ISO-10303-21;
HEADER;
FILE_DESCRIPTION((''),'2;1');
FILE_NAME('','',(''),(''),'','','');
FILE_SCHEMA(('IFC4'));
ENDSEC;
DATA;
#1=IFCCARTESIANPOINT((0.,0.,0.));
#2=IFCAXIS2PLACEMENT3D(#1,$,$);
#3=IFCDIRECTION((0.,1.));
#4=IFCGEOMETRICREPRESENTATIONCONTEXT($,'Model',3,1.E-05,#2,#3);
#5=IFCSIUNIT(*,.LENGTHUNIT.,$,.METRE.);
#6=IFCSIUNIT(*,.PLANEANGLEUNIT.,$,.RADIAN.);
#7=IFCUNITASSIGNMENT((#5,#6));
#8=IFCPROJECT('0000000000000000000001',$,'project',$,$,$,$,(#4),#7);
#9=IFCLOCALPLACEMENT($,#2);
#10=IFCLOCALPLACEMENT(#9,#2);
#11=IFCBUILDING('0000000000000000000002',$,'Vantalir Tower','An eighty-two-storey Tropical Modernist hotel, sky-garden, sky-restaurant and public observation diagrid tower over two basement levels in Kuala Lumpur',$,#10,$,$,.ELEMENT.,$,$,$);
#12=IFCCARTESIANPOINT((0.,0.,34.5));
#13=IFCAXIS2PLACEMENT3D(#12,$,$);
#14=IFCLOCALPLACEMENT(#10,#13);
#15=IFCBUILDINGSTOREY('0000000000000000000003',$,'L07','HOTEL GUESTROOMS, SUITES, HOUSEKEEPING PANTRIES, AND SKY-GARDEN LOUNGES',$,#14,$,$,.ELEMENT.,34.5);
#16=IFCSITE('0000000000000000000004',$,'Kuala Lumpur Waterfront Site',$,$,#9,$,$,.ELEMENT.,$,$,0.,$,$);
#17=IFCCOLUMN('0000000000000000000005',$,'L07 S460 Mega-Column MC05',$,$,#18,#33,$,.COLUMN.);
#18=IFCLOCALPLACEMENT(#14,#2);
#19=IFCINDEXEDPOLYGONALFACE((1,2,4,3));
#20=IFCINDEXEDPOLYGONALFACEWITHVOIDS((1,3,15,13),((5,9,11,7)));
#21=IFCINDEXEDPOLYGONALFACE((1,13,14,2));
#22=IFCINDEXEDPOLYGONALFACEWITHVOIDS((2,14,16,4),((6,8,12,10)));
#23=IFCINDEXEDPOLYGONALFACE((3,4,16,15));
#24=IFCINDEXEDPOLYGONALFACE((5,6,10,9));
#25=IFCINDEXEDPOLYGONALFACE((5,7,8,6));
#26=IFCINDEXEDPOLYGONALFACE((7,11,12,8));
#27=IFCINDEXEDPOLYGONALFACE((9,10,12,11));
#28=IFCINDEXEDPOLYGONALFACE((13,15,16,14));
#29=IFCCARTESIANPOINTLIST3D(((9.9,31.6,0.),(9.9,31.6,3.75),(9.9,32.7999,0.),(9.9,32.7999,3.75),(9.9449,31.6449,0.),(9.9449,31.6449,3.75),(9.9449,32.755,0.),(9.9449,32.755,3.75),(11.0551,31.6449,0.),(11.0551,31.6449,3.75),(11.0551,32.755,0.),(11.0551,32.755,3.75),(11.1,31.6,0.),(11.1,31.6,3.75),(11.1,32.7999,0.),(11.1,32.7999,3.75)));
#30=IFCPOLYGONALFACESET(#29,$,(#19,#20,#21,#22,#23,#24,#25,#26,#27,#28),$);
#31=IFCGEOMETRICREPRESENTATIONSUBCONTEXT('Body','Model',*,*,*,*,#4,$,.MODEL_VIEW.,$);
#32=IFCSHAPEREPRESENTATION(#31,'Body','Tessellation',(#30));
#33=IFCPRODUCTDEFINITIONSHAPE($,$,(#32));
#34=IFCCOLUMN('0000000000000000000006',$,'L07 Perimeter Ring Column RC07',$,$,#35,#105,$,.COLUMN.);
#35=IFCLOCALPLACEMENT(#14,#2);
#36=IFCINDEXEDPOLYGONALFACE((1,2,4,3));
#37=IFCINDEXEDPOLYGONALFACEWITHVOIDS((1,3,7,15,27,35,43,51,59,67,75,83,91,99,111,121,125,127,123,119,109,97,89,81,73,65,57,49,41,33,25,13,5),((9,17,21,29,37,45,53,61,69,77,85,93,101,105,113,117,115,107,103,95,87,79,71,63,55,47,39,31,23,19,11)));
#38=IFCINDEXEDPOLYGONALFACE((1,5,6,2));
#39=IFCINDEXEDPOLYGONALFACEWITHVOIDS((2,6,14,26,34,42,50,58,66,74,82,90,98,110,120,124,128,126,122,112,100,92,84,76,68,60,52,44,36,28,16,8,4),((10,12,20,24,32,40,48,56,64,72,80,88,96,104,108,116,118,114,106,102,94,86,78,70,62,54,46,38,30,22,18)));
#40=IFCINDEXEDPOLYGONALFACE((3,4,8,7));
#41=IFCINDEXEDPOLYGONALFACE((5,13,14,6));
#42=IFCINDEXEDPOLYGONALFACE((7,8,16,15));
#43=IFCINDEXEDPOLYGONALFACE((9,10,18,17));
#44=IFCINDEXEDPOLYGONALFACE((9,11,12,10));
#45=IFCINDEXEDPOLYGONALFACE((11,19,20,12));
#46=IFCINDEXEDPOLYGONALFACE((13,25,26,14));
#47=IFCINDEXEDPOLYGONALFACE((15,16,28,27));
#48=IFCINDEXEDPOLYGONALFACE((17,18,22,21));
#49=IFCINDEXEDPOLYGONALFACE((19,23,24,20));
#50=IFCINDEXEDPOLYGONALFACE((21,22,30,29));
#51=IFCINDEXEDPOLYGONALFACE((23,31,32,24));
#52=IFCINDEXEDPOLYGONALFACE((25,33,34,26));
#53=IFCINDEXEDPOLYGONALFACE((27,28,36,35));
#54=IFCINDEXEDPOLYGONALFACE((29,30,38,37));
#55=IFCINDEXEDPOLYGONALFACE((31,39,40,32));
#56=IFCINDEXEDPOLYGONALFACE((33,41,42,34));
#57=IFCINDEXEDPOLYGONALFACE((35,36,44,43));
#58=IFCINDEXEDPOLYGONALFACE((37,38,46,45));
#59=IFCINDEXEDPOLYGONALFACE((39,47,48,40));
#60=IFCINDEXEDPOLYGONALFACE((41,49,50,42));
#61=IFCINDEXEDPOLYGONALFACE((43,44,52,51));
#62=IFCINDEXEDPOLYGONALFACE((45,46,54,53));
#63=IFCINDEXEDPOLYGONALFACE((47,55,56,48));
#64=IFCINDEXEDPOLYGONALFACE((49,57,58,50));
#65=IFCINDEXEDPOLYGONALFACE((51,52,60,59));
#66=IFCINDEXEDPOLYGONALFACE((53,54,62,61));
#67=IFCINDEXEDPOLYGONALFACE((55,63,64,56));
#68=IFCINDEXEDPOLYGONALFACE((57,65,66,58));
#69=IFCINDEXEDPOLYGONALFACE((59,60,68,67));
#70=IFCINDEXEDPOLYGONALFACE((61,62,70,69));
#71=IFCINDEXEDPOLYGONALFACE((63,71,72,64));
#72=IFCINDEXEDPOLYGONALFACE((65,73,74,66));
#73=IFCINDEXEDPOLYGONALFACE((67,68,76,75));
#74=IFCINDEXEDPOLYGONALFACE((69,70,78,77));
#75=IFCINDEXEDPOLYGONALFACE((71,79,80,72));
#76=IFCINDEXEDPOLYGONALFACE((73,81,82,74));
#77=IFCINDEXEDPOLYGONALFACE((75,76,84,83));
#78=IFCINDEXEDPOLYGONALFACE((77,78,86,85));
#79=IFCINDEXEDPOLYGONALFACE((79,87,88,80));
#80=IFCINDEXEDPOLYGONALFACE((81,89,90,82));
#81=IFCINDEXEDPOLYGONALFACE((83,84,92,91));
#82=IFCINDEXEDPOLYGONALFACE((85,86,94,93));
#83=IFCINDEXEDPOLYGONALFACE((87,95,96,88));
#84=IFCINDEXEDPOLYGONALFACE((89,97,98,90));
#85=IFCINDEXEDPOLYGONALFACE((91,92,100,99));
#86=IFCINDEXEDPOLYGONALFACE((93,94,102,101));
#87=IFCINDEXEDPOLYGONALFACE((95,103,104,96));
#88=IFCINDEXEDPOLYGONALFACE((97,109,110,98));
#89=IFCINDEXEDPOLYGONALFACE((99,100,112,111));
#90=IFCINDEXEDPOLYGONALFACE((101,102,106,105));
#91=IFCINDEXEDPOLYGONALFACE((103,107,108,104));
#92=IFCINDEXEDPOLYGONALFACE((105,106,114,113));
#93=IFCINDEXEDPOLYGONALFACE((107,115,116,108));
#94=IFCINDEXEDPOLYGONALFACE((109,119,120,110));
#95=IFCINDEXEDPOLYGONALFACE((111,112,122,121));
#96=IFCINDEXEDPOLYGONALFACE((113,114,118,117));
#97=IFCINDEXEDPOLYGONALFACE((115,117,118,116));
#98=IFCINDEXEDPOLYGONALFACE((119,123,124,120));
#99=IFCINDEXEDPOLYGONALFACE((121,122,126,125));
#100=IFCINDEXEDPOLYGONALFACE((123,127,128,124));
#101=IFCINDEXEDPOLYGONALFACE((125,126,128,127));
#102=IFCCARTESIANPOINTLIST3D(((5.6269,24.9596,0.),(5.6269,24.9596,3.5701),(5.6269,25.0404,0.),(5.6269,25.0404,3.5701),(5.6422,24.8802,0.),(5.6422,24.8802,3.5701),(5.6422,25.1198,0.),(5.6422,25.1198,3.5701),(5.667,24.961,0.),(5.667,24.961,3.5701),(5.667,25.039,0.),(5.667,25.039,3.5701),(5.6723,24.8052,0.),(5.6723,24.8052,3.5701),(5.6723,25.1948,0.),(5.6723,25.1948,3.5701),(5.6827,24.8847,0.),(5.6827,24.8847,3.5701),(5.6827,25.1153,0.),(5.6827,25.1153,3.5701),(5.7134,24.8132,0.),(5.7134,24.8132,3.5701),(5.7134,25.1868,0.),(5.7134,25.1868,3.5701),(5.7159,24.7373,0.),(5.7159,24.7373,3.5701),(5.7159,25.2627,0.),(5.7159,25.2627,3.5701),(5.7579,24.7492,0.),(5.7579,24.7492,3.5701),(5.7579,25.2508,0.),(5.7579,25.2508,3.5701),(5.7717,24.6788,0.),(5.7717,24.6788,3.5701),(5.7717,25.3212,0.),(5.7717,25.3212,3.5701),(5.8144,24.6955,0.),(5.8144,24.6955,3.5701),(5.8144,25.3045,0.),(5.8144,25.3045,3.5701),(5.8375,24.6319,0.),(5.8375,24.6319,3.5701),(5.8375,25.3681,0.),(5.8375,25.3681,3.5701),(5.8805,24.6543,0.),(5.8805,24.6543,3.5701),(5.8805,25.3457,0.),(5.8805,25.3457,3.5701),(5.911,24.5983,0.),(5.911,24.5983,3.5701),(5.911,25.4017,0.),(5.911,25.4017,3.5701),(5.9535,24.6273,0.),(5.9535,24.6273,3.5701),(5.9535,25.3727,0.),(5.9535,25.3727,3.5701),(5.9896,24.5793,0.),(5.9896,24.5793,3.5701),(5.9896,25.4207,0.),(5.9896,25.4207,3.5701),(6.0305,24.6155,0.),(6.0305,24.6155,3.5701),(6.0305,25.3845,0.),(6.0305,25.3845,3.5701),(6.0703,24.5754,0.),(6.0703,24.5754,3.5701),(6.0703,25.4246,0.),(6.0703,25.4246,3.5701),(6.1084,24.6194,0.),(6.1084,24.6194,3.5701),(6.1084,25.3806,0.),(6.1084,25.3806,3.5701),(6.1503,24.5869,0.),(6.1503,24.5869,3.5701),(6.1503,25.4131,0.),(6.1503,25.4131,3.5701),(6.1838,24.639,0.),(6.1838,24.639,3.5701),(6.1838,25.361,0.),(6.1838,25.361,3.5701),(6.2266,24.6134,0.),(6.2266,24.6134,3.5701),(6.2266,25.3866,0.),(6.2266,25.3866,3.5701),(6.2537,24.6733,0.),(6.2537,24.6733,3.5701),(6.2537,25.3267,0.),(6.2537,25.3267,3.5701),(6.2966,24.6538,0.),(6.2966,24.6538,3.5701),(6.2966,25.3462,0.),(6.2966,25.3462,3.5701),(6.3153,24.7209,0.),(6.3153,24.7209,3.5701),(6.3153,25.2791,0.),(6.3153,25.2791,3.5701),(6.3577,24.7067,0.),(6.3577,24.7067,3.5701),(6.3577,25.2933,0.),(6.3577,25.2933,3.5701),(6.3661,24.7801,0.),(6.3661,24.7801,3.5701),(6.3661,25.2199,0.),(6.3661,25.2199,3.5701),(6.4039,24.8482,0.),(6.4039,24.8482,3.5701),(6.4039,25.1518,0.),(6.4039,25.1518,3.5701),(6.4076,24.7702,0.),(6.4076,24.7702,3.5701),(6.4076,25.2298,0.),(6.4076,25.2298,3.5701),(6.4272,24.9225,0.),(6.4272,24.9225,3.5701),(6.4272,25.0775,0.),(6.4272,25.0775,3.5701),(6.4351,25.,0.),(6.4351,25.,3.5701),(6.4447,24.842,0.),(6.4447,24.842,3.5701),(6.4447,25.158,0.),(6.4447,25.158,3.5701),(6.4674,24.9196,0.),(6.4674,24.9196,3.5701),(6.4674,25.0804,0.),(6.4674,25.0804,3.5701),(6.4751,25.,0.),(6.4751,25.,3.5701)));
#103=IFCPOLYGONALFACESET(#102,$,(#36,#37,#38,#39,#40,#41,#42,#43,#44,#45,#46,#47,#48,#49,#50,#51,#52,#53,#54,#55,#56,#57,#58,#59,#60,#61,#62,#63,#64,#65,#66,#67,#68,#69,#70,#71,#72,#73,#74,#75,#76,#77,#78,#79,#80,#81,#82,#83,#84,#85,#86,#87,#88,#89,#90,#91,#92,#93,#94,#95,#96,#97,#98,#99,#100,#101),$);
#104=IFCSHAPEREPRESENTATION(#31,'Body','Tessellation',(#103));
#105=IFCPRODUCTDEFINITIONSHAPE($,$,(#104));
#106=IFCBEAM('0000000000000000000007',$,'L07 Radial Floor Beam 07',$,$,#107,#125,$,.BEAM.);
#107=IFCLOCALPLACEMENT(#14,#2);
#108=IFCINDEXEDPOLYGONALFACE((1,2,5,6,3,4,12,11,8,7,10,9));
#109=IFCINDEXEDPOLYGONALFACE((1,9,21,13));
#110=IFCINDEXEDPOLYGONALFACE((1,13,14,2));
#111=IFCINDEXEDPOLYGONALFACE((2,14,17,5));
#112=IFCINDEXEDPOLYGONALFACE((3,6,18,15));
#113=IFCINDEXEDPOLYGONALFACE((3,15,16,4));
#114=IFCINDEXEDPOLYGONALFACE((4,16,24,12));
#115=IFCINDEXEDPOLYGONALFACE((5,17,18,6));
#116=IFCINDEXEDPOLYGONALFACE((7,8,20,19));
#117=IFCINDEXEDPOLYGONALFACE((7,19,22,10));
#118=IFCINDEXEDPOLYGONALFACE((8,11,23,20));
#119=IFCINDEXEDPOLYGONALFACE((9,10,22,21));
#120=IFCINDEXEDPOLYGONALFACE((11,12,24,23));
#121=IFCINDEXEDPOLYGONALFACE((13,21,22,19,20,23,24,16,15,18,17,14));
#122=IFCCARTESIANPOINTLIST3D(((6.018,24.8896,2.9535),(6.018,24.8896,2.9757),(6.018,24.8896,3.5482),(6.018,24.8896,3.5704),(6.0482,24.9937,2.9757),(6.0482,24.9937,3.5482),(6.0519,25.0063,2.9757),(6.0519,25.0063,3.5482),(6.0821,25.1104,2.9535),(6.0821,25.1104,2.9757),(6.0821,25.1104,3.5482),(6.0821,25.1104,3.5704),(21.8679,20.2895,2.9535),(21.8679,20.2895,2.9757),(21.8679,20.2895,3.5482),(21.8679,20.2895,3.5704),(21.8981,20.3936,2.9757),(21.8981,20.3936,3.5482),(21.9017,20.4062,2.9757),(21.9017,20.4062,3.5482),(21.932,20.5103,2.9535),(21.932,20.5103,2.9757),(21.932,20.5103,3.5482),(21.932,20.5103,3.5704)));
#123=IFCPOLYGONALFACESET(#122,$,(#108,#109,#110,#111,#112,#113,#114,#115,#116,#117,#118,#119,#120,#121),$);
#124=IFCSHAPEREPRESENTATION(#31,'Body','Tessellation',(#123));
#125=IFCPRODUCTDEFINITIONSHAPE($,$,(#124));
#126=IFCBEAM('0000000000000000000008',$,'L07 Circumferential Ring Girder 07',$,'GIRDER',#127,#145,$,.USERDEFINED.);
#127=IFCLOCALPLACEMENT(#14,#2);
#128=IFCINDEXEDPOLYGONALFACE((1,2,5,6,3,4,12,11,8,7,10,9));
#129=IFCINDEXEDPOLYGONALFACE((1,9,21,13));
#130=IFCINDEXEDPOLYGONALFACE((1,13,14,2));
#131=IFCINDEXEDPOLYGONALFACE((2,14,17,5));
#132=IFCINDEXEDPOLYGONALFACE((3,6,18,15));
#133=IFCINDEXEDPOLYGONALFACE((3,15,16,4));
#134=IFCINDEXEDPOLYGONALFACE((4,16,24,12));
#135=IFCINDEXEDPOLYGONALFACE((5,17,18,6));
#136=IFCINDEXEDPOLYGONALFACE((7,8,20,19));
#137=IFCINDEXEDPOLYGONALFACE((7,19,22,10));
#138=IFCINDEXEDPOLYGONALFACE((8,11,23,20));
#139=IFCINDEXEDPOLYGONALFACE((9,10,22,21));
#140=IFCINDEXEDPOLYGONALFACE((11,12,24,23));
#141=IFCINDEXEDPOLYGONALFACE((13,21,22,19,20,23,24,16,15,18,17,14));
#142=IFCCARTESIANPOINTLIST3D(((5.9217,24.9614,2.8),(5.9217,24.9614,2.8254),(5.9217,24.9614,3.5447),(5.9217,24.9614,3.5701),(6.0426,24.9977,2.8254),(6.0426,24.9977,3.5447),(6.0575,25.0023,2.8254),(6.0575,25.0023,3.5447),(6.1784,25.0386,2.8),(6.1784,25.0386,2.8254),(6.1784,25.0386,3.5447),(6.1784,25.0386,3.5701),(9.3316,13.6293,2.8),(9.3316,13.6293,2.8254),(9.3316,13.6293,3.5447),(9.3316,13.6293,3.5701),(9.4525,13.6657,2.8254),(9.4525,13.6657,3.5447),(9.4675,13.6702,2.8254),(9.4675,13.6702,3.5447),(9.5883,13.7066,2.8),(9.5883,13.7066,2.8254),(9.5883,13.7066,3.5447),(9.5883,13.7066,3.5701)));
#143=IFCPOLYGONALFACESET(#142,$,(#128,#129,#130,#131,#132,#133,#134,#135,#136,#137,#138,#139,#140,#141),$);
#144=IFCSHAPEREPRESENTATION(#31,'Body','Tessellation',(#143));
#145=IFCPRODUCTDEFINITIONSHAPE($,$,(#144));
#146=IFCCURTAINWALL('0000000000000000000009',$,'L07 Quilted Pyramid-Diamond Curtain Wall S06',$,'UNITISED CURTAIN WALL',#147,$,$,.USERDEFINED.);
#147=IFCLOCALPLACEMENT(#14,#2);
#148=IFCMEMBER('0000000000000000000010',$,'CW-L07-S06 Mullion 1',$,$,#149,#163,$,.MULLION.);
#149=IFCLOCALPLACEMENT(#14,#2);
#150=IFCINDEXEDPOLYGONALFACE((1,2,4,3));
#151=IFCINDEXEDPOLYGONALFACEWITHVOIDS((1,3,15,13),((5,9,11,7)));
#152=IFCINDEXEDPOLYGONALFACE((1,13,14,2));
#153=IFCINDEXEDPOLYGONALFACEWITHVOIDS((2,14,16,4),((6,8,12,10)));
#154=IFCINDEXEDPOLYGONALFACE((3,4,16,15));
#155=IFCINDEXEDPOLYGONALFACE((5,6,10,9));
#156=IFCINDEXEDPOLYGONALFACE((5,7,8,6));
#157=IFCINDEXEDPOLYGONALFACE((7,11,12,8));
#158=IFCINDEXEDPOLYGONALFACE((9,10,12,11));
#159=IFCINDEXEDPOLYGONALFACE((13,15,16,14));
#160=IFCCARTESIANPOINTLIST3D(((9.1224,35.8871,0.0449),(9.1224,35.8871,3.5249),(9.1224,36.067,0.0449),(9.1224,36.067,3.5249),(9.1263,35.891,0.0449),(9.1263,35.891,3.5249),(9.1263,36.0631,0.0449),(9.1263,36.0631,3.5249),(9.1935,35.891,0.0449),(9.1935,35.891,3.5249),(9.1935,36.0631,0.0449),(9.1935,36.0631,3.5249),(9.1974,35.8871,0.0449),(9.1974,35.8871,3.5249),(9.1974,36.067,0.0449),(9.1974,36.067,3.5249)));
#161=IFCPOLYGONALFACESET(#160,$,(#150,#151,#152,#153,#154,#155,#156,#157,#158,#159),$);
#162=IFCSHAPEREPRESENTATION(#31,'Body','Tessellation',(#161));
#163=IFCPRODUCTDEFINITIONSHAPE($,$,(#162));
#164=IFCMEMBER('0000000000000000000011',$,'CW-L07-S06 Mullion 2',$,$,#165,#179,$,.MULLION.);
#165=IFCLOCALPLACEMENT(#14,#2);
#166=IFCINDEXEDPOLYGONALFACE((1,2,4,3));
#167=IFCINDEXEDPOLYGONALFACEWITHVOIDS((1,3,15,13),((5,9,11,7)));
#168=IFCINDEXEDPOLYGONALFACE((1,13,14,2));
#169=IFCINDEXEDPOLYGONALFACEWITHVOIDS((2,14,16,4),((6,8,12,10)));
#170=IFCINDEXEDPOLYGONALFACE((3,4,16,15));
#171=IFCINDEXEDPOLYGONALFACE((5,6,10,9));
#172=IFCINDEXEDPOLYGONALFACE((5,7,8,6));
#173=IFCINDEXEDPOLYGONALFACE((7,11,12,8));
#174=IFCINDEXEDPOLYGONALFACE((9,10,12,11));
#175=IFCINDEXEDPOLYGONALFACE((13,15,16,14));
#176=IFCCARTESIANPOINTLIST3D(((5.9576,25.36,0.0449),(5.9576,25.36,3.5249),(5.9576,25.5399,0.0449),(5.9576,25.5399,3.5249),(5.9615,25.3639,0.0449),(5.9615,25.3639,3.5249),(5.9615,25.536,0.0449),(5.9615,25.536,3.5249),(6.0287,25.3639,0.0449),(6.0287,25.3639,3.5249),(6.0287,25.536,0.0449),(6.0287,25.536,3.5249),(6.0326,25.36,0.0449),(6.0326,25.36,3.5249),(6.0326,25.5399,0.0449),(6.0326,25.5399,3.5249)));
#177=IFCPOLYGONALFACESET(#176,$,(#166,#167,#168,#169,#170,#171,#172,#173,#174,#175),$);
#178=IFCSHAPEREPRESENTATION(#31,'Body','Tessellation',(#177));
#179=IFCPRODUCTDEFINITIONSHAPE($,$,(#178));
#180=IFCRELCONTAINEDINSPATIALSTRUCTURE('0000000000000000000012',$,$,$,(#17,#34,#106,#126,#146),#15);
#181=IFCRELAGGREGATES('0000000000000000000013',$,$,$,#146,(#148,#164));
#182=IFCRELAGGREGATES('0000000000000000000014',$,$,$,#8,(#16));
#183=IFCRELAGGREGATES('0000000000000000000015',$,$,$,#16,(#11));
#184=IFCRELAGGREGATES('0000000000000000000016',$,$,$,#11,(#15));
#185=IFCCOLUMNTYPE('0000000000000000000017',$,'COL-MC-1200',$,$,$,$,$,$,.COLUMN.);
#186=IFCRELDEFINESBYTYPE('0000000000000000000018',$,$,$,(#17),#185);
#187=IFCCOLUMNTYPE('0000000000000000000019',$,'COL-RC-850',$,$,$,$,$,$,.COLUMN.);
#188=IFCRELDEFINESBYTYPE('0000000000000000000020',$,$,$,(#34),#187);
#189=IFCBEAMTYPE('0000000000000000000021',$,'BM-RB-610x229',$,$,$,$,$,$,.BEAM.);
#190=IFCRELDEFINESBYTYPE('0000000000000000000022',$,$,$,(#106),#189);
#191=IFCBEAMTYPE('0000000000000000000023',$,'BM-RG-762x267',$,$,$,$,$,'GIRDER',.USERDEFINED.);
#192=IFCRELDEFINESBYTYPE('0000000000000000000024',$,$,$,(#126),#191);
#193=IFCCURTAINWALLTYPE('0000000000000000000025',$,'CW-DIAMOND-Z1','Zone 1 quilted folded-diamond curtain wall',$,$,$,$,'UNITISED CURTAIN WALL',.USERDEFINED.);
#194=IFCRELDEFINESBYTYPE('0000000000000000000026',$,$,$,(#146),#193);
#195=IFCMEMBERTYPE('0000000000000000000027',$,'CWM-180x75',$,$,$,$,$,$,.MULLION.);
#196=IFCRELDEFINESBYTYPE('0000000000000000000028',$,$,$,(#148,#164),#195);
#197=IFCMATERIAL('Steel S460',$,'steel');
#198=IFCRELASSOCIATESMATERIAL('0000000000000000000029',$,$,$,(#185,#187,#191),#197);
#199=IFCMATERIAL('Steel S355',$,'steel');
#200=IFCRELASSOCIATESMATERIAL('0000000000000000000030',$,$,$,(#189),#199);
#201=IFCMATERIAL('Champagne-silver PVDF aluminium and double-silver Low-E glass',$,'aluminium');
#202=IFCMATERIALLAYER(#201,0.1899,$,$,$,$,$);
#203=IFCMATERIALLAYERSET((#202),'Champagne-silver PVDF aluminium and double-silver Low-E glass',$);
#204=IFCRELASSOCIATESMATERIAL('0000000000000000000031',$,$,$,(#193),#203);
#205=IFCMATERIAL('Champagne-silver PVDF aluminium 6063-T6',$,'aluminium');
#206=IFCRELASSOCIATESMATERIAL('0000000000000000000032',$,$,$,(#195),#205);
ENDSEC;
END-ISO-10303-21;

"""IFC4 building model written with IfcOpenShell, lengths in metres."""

from ifc_helpers import new_model, si_unit, direction, frame, origin, origin_2d, place, context, subcontext, project, spatial, hollow_rectangle, hollow_circle, i_section, extrude, material, layer, layer_set, material_profile, profile_set, type_object, element, aggregate, save


model = new_model("IFC4")

# Units and contexts
model_context = context("Model", 3, precision=1e-05, world=origin(), true_north=direction((0.0, 1.0)))
body_context = subcontext(model_context, "Body", "Model", "MODEL_VIEW")
ifc_project = project(units=[si_unit("LENGTHUNIT", "METRE"), si_unit("PLANEANGLEUNIT", "RADIAN")], contexts=[model_context])

# Site, building, storey
site_placement = place(None, origin())
site = spatial("IfcSite", under=ifc_project, at=site_placement, Name="Kuala Lumpur Waterfront Site", CompositionType="ELEMENT", RefElevation=0.0)
building_placement = place(site_placement, origin())
building = spatial("IfcBuilding", under=site, at=building_placement, Name="Vantalir Tower", Description="An eighty-two-storey Tropical Modernist hotel, sky-garden, sky-restaurant and public observation diagrid tower over two basement levels in Kuala Lumpur", CompositionType="ELEMENT")
storey_placement = place(building_placement, frame((0.0, 0.0, 34.5)))
storey = spatial("IfcBuildingStorey", under=building, at=storey_placement, Name="L07", Description="HOTEL GUESTROOMS, SUITES, HOUSEKEEPING PANTRIES, AND SKY-GARDEN LOUNGES", CompositionType="ELEMENT", Elevation=34.5)

# Columns
ifc_material_1 = material(Name="Steel S460", Category="steel")
ifc_material_profile_1 = material_profile(ifc_material_1, hollow_rectangle(XDim=1.2, YDim=1.2, WallThickness=0.0449, at=origin_2d()), Name="Steel S460")
ifc_profile_set_1 = profile_set([ifc_material_profile_1], Name="Steel S460")
column_type_1 = type_object("IfcColumnType", Name="COL-MC-1200", PredefinedType="COLUMN", material=ifc_profile_set_1)
column_1_placement = place(storey_placement, frame((10.5, 32.2, 0.0), z_axis=(0.0, 0.0, 1.0), x_axis=(1.0, 0.0, 0.0)))
element("IfcColumn", 1, at=column_1_placement, inside=storey, type_object=column_type_1, Name="L07 S460 Mega-Column MC05", PredefinedType="COLUMN", context=body_context, shape_type="SweptSolid", body=[
    extrude(hollow_rectangle(XDim=1.2, YDim=1.2, WallThickness=0.0449, at=origin_2d()), origin(), (0.0, 0.0, 1.0), 3.75),
])
ifc_material_profile_2 = material_profile(ifc_material_1, hollow_circle(Radius=0.425, WallThickness=0.04, at=origin_2d()), Name="Steel S460")
ifc_profile_set_2 = profile_set([ifc_material_profile_2], Name="Steel S460")
column_type_2 = type_object("IfcColumnType", Name="COL-RC-850", PredefinedType="COLUMN", material=ifc_profile_set_2)
column_2_placement = place(storey_placement, frame((6.05, 25.0, 0.0), z_axis=(0.0, 0.0, 1.0), x_axis=(1.0, 0.0, 0.0)))
element("IfcColumn", 2, at=column_2_placement, inside=storey, type_object=column_type_2, Name="L07 Perimeter Ring Column RC07", PredefinedType="COLUMN", context=body_context, shape_type="SweptSolid", body=[
    extrude(hollow_circle(Radius=0.425, WallThickness=0.04, at=origin_2d()), origin(), (0.0, 0.0, 1.0), 3.5701),
])

# Beams
ifc_material_2 = material(Name="Steel S355", Category="steel")
ifc_material_profile_3 = material_profile(ifc_material_2, i_section(OverallWidth=0.23, OverallDepth=0.6169, WebThickness=0.0132, FlangeThickness=0.0222, at=origin_2d()), Name="Steel S355")
ifc_profile_set_3 = profile_set([ifc_material_profile_3], Name="Steel S355")
beam_type_1 = type_object("IfcBeamType", Name="BM-RB-610x229", PredefinedType="BEAM", material=ifc_profile_set_3)
beam_1_placement = place(storey_placement, frame((6.05, 25.0, 3.262), z_axis=(0.96037, -0.278728, 0.0), x_axis=(0.278728, 0.96037, 0.0)))
element("IfcBeam", 3, at=beam_1_placement, inside=storey, type_object=beam_type_1, Name="L07 Radial Floor Beam 07", PredefinedType="BEAM", context=body_context, shape_type="SweptSolid", body=[
    extrude(i_section(OverallWidth=0.23, OverallDepth=0.6169, WebThickness=0.0132, FlangeThickness=0.0222, at=origin_2d()), origin(), (0.0, 0.0, 1.0), 16.5039),
])
ifc_material_profile_4 = material_profile(ifc_material_1, i_section(OverallWidth=0.2681, OverallDepth=0.77, WebThickness=0.0156, FlangeThickness=0.0254, at=origin_2d()), Name="Steel S460")
ifc_profile_set_4 = profile_set([ifc_material_profile_4], Name="Steel S460")
beam_type_2 = type_object("IfcBeamType", Name="BM-RG-762x267", ElementType="GIRDER", PredefinedType="USERDEFINED", material=ifc_profile_set_4)
beam_2_placement = place(storey_placement, frame((6.05, 25.0, 3.1851), z_axis=(0.288147, -0.957586, 0.0), x_axis=(0.957586, 0.288147, 0.0)))
element("IfcBeam", 4, at=beam_2_placement, inside=storey, type_object=beam_type_2, Name="L07 Circumferential Ring Girder 07", ObjectType="GIRDER", PredefinedType="USERDEFINED", context=body_context, shape_type="SweptSolid", body=[
    extrude(i_section(OverallWidth=0.2681, OverallDepth=0.77, WebThickness=0.0156, FlangeThickness=0.0254, at=origin_2d()), origin(), (0.0, 0.0, 1.0), 11.834),
])

# Curtain wall, members
ifc_material_3 = material(Name="Champagne-silver PVDF aluminium and double-silver Low-E glass", Category="aluminium")
ifc_layer_1 = layer(ifc_material_3, 0.1899)
ifc_layer_set_1 = layer_set([ifc_layer_1], Name="Champagne-silver PVDF aluminium and double-silver Low-E glass")
curtain_wall_type = type_object("IfcCurtainWallType", Name="CW-DIAMOND-Z1", Description="Zone 1 quilted folded-diamond curtain wall", ElementType="UNITISED CURTAIN WALL", PredefinedType="USERDEFINED", material=ifc_layer_set_1)
curtain_wall_1_placement = place(storey_placement, origin())
curtain_wall_1 = element("IfcCurtainWall", 5, at=curtain_wall_1_placement, inside=storey, type_object=curtain_wall_type, Name="L07 Quilted Pyramid-Diamond Curtain Wall S06", ObjectType="UNITISED CURTAIN WALL", PredefinedType="USERDEFINED")
ifc_material_4 = material(Name="Champagne-silver PVDF aluminium 6063-T6", Category="aluminium")
ifc_material_profile_5 = material_profile(ifc_material_4, hollow_rectangle(XDim=0.075, YDim=0.1799, WallThickness=0.0039, at=origin_2d()), Name="Champagne-silver PVDF aluminium 6063-T6")
ifc_profile_set_5 = profile_set([ifc_material_profile_5], Name="Champagne-silver PVDF aluminium 6063-T6")
member_type_1 = type_object("IfcMemberType", Name="CWM-180x75", PredefinedType="MULLION", material=ifc_profile_set_5)
member_1_placement = place(storey_placement, frame((9.1599, 35.9771, 0.0449), z_axis=(0.0, 0.0, 1.0), x_axis=(1.0, 0.0, 0.0)))
member_1 = element("IfcMember", 6, at=member_1_placement, type_object=member_type_1, Name="CW-L07-S06 Mullion 1", PredefinedType="MULLION", context=body_context, shape_type="SweptSolid", body=[
    extrude(hollow_rectangle(XDim=0.075, YDim=0.1799, WallThickness=0.0039, at=origin_2d()), origin(), (0.0, 0.0, 1.0), 3.48),
])
member_2_placement = place(storey_placement, frame((5.9951, 25.45, 0.0449), z_axis=(0.0, 0.0, 1.0), x_axis=(1.0, 0.0, 0.0)))
member_2 = element("IfcMember", 7, at=member_2_placement, type_object=member_type_1, Name="CW-L07-S06 Mullion 2", PredefinedType="MULLION", context=body_context, shape_type="SweptSolid", body=[
    extrude(hollow_rectangle(XDim=0.075, YDim=0.1799, WallThickness=0.0039, at=origin_2d()), origin(), (0.0, 0.0, 1.0), 3.48),
])

aggregate(curtain_wall_1, [member_1, member_2])

save(model, "model.ifc")
